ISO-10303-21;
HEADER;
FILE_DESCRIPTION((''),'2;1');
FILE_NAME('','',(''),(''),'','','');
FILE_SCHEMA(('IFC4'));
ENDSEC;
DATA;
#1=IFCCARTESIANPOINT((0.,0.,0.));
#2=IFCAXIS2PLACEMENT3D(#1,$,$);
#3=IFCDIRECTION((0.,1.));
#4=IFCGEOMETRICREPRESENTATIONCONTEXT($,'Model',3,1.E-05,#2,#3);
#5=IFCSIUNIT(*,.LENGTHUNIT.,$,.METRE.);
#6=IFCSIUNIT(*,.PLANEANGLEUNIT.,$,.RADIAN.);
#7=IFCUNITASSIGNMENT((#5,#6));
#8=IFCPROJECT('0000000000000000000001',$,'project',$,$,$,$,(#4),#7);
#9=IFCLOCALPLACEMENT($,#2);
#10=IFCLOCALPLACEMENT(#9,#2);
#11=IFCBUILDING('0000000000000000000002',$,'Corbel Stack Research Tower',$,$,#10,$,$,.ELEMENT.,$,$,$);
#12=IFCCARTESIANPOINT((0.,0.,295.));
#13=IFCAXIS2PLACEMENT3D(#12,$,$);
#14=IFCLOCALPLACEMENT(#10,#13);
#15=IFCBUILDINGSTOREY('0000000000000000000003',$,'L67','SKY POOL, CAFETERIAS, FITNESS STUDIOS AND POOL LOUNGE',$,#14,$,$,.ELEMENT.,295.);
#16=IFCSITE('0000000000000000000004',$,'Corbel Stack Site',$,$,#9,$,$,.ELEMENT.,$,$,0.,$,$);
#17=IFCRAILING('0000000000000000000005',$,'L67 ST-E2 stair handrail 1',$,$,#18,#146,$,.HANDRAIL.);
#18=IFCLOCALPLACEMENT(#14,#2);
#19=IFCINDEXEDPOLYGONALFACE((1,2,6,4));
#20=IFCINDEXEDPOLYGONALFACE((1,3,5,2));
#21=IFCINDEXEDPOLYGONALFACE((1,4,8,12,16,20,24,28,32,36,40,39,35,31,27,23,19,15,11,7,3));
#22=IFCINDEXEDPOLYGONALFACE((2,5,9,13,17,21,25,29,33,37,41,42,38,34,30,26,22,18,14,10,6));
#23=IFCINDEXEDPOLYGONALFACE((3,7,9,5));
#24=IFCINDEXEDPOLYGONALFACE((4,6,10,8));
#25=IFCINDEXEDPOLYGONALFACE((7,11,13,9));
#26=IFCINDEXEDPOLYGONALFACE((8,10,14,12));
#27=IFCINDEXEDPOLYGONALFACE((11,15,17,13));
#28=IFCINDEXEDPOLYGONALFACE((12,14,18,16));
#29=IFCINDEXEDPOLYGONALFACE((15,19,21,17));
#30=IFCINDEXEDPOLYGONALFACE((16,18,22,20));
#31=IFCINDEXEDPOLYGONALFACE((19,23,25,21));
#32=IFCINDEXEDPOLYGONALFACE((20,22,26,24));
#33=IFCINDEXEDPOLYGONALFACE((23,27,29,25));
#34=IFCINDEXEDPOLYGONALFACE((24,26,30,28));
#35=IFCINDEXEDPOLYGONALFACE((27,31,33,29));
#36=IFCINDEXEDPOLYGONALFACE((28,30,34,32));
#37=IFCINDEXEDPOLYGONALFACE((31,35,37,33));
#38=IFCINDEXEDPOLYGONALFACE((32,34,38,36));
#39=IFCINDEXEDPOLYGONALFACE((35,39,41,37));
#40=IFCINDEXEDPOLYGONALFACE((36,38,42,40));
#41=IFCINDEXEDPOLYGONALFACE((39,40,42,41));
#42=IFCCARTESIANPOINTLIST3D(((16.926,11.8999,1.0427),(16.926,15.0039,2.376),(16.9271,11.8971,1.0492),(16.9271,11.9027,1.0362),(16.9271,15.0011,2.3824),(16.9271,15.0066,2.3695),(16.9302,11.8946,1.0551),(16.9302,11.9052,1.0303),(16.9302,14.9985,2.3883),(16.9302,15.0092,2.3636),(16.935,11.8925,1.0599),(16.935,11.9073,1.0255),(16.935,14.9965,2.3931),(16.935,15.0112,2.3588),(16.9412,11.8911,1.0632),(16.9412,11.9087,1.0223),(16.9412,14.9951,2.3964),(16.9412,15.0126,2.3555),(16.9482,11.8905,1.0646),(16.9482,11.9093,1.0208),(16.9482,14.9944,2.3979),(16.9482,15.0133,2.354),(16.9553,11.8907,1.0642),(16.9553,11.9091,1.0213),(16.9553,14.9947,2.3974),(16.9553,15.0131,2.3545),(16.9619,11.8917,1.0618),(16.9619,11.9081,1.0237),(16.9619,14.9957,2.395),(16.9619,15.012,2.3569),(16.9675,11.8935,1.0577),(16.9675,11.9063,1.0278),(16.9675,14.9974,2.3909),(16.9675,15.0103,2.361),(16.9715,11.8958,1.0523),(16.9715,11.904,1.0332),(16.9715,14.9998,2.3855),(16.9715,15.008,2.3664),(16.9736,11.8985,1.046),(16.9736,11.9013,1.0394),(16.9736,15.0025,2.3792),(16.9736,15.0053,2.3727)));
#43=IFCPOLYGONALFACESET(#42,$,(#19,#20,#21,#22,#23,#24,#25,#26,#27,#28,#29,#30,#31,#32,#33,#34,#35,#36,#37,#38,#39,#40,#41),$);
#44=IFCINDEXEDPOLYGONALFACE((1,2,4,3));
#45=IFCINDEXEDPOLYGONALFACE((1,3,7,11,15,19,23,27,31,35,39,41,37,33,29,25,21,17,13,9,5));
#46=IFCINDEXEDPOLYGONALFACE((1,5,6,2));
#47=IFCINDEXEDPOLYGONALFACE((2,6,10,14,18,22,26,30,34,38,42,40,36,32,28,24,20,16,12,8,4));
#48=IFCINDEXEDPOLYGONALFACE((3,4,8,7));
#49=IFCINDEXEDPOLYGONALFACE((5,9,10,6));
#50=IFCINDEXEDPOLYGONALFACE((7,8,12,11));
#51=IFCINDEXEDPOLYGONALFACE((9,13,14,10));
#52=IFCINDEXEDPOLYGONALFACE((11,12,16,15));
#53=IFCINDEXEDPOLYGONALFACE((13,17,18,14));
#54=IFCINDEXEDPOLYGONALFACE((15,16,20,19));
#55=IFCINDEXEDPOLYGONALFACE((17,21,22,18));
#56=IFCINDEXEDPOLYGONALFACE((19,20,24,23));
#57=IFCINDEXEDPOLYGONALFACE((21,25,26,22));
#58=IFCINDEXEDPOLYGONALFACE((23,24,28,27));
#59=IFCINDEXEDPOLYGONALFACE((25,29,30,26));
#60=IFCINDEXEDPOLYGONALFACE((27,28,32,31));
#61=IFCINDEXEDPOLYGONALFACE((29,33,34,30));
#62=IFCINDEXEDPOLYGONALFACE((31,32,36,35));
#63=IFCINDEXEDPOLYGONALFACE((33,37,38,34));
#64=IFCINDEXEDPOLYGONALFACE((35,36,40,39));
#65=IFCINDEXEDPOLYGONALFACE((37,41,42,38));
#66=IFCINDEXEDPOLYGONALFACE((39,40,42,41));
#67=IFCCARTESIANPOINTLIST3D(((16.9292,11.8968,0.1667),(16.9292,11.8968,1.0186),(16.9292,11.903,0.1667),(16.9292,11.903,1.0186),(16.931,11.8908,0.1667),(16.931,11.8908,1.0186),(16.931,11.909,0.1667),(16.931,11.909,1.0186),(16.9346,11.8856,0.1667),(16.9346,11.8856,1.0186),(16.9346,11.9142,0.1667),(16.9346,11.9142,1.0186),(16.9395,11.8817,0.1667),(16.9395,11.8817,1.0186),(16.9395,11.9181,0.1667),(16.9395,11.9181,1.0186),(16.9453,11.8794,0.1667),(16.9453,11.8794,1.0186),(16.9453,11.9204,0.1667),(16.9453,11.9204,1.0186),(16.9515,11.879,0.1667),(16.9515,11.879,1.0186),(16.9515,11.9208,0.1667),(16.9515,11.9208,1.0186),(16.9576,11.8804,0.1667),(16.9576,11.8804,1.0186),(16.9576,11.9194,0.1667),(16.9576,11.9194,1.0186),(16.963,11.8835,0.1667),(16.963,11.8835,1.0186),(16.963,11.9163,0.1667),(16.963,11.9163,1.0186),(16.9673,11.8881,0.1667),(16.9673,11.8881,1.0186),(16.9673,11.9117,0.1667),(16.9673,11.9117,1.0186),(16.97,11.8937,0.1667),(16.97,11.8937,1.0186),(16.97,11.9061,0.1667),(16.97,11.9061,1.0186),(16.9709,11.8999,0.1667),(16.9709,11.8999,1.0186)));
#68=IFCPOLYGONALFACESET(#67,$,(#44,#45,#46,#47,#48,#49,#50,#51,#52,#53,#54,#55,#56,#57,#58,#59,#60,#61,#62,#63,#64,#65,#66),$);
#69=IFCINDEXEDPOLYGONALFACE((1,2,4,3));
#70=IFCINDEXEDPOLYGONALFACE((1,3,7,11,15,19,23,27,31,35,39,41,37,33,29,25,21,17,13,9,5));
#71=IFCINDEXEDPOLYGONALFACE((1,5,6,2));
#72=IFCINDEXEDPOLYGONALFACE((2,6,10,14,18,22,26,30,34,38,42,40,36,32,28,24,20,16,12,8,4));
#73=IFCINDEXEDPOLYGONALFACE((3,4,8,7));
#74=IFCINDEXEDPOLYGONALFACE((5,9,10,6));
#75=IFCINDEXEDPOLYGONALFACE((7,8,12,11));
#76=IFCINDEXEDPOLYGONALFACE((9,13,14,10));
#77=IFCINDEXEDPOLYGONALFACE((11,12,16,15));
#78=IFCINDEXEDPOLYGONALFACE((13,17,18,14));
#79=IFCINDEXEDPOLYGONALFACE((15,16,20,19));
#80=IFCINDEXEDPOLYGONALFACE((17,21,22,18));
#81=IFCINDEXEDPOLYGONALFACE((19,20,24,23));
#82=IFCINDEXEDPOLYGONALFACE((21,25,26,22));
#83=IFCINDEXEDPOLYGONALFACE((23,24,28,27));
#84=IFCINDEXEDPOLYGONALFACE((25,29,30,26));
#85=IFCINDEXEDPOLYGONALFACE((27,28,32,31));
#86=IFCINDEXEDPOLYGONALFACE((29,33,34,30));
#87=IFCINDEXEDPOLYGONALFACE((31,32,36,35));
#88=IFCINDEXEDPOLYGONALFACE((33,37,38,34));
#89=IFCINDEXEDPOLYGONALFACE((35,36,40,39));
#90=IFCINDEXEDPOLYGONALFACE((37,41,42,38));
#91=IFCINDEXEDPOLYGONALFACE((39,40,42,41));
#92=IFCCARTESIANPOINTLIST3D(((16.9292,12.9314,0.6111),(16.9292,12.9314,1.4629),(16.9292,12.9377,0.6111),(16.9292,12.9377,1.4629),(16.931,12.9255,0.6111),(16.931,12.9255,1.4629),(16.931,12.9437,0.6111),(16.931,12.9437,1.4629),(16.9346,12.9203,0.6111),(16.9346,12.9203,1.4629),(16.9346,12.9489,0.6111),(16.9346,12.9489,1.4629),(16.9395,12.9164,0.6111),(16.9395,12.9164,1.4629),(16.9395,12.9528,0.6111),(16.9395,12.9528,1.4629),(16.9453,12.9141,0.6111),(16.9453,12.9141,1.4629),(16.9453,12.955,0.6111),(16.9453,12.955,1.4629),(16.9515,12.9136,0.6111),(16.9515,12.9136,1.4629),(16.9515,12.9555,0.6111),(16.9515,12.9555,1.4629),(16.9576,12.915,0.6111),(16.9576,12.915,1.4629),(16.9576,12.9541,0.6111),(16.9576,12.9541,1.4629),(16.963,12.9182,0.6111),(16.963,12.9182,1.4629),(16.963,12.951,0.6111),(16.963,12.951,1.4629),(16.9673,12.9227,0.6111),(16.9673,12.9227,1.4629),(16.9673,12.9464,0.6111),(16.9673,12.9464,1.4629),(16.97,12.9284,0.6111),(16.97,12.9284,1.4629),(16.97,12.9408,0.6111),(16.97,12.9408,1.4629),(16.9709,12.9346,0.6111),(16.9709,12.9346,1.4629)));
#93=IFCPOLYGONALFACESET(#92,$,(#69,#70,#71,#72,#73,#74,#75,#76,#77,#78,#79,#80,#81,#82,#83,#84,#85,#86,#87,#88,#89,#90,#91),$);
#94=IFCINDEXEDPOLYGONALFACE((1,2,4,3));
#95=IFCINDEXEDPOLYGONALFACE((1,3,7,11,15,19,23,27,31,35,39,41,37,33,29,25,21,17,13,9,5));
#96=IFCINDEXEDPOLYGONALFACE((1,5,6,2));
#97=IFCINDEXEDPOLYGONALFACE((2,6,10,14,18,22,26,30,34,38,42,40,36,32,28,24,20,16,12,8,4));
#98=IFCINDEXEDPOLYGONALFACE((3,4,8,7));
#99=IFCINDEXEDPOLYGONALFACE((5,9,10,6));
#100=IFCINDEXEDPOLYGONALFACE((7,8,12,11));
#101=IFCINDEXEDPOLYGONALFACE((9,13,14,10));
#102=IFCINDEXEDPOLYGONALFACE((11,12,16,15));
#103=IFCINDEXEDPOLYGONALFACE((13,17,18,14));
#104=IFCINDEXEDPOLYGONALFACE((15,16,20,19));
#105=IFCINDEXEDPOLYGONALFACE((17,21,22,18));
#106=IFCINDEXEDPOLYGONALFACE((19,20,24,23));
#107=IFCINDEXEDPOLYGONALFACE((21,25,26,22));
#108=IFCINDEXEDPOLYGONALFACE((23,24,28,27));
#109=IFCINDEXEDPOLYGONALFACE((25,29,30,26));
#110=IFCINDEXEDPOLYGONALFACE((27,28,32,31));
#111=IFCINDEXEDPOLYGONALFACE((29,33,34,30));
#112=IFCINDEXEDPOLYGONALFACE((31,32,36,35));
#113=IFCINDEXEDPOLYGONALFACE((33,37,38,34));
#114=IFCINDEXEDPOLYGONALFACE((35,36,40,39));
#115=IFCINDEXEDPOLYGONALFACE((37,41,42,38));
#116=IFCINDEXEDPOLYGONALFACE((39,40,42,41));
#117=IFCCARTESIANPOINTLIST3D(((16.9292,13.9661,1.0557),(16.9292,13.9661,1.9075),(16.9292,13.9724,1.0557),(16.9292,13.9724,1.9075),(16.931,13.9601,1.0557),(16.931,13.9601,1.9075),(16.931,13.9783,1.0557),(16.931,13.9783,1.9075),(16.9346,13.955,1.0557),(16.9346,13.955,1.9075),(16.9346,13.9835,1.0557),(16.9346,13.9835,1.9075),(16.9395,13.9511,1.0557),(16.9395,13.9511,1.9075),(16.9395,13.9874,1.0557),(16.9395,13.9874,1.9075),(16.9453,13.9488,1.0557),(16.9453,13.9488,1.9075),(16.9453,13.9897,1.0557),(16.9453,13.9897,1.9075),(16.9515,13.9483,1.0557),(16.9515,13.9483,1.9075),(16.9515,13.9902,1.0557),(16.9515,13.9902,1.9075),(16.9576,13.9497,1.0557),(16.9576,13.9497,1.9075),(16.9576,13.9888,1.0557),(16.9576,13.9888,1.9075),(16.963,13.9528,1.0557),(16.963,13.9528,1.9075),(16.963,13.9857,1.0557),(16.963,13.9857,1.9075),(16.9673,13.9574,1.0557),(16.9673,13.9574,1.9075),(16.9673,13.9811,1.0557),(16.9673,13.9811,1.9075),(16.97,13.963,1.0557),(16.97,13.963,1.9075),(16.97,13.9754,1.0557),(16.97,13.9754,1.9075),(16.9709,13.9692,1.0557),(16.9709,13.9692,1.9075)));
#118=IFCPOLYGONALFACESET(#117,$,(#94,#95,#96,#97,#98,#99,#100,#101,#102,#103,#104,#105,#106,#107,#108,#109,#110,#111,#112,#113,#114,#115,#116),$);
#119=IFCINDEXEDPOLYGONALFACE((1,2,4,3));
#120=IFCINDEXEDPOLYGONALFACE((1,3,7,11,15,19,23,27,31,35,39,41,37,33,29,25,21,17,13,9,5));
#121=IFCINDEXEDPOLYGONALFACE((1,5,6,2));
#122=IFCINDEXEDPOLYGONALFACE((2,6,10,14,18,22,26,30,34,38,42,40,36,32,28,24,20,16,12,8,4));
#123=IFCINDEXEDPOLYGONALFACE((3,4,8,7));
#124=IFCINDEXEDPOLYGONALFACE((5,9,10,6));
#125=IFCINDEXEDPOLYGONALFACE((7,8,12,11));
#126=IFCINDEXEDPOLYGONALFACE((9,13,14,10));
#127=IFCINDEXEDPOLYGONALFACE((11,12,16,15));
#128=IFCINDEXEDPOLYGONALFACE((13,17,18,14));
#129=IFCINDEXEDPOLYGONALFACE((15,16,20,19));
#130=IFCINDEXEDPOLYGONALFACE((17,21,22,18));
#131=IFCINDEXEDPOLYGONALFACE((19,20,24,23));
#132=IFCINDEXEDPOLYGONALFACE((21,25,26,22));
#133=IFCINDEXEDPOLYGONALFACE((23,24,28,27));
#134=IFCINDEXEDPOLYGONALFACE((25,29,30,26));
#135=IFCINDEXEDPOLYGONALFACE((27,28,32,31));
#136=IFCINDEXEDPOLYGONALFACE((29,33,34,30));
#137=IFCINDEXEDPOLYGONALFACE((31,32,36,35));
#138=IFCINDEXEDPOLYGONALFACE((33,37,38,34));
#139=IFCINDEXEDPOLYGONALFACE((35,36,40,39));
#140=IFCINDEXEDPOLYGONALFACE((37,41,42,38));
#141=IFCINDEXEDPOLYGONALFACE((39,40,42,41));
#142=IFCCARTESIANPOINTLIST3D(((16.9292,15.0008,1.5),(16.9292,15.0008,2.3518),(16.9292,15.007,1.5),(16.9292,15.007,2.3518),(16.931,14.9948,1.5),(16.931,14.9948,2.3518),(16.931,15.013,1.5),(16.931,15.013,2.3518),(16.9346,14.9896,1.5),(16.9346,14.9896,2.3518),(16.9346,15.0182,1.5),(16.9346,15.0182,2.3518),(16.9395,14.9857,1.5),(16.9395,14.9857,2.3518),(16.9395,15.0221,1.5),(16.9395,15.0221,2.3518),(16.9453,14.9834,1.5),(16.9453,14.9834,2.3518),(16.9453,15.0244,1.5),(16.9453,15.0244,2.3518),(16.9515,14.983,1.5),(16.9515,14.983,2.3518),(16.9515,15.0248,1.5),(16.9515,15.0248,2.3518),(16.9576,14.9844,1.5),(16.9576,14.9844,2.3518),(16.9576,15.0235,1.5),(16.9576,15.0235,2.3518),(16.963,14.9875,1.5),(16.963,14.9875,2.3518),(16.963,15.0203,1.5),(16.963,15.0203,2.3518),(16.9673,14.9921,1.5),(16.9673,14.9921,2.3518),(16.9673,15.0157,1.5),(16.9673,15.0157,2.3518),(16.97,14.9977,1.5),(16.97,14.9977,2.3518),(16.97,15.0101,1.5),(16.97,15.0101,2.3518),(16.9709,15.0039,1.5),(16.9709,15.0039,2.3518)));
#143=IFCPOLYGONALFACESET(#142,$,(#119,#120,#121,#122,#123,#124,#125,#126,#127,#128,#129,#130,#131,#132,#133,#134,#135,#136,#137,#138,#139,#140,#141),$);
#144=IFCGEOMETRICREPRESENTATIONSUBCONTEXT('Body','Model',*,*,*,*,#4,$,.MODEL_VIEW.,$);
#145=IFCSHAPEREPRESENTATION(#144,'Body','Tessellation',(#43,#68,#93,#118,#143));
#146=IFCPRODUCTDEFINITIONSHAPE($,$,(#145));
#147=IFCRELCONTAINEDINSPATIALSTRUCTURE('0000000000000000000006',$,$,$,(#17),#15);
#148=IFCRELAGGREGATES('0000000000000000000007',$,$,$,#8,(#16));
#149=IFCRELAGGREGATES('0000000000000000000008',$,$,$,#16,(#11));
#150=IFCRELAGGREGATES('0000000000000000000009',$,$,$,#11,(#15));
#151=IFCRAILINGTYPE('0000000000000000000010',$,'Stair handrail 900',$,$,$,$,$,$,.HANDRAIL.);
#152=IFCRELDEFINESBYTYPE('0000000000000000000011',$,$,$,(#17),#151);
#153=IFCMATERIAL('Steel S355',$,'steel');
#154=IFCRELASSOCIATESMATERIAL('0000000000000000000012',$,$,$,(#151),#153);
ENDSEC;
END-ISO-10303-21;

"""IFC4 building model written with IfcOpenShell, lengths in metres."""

from ifc_helpers import new_model, si_unit, direction, frame, origin, origin_2d, place, context, subcontext, project, spatial, circle, extrude, material, type_object, element, save


model = new_model("IFC4")

# Units and contexts
model_context = context("Model", 3, precision=1e-05, world=origin(), true_north=direction((0.0, 1.0)))
body_context = subcontext(model_context, "Body", "Model", "MODEL_VIEW")
ifc_project = project(units=[si_unit("LENGTHUNIT", "METRE"), si_unit("PLANEANGLEUNIT", "RADIAN")], contexts=[model_context])

# Site, building, storey
site_placement = place(None, origin())
site = spatial("IfcSite", under=ifc_project, at=site_placement, Name="Corbel Stack Site", CompositionType="ELEMENT", RefElevation=0.0)
building_placement = place(site_placement, origin())
building = spatial("IfcBuilding", under=site, at=building_placement, Name="Corbel Stack Research Tower", CompositionType="ELEMENT")
storey_placement = place(building_placement, frame((0.0, 0.0, 295.0)))
storey = spatial("IfcBuildingStorey", under=building, at=storey_placement, Name="L67", Description="SKY POOL, CAFETERIAS, FITNESS STUDIOS AND POOL LOUNGE", CompositionType="ELEMENT", Elevation=295.0)

# Railing
ifc_material_1 = material(Name="Steel S355", Category="steel")
railing_type_1 = type_object("IfcRailingType", Name="Stair handrail 900", PredefinedType="HANDRAIL", material=ifc_material_1)
for number, where, name in (
    (1, (16.95, 11.8999, 0.1667), "L67 ST-E2 stair handrail 1"),
):
    element("IfcRailing", number, at=place(storey_placement, frame(where)), inside=storey, type_object=railing_type_1, Name=name, PredefinedType="HANDRAIL", context=body_context, shape_type="SweptSolid", body=[
        extrude(circle(Radius=0.0239, at=origin_2d()), frame((0.0, 0.0, 0.876), z_axis=(0.0, 0.918827, 0.394661), x_axis=(-1.0, 0.0, 0.0)), (0.0, 0.0, 1.0), 3.3782),
        extrude(circle(Radius=0.021, at=origin_2d()), origin(), (0.0, 0.0, 1.0), 0.8518),
        extrude(circle(Radius=0.021, at=origin_2d()), frame((0.0, 1.0347, 0.4443)), (0.0, 0.0, 1.0), 0.8518),
        extrude(circle(Radius=0.021, at=origin_2d()), frame((0.0, 2.0693, 0.8889)), (0.0, 0.0, 1.0), 0.8518),
        extrude(circle(Radius=0.021, at=origin_2d()), frame((0.0, 3.104, 1.3333)), (0.0, 0.0, 1.0), 0.8518),
    ])

save(model, "model.ifc")
